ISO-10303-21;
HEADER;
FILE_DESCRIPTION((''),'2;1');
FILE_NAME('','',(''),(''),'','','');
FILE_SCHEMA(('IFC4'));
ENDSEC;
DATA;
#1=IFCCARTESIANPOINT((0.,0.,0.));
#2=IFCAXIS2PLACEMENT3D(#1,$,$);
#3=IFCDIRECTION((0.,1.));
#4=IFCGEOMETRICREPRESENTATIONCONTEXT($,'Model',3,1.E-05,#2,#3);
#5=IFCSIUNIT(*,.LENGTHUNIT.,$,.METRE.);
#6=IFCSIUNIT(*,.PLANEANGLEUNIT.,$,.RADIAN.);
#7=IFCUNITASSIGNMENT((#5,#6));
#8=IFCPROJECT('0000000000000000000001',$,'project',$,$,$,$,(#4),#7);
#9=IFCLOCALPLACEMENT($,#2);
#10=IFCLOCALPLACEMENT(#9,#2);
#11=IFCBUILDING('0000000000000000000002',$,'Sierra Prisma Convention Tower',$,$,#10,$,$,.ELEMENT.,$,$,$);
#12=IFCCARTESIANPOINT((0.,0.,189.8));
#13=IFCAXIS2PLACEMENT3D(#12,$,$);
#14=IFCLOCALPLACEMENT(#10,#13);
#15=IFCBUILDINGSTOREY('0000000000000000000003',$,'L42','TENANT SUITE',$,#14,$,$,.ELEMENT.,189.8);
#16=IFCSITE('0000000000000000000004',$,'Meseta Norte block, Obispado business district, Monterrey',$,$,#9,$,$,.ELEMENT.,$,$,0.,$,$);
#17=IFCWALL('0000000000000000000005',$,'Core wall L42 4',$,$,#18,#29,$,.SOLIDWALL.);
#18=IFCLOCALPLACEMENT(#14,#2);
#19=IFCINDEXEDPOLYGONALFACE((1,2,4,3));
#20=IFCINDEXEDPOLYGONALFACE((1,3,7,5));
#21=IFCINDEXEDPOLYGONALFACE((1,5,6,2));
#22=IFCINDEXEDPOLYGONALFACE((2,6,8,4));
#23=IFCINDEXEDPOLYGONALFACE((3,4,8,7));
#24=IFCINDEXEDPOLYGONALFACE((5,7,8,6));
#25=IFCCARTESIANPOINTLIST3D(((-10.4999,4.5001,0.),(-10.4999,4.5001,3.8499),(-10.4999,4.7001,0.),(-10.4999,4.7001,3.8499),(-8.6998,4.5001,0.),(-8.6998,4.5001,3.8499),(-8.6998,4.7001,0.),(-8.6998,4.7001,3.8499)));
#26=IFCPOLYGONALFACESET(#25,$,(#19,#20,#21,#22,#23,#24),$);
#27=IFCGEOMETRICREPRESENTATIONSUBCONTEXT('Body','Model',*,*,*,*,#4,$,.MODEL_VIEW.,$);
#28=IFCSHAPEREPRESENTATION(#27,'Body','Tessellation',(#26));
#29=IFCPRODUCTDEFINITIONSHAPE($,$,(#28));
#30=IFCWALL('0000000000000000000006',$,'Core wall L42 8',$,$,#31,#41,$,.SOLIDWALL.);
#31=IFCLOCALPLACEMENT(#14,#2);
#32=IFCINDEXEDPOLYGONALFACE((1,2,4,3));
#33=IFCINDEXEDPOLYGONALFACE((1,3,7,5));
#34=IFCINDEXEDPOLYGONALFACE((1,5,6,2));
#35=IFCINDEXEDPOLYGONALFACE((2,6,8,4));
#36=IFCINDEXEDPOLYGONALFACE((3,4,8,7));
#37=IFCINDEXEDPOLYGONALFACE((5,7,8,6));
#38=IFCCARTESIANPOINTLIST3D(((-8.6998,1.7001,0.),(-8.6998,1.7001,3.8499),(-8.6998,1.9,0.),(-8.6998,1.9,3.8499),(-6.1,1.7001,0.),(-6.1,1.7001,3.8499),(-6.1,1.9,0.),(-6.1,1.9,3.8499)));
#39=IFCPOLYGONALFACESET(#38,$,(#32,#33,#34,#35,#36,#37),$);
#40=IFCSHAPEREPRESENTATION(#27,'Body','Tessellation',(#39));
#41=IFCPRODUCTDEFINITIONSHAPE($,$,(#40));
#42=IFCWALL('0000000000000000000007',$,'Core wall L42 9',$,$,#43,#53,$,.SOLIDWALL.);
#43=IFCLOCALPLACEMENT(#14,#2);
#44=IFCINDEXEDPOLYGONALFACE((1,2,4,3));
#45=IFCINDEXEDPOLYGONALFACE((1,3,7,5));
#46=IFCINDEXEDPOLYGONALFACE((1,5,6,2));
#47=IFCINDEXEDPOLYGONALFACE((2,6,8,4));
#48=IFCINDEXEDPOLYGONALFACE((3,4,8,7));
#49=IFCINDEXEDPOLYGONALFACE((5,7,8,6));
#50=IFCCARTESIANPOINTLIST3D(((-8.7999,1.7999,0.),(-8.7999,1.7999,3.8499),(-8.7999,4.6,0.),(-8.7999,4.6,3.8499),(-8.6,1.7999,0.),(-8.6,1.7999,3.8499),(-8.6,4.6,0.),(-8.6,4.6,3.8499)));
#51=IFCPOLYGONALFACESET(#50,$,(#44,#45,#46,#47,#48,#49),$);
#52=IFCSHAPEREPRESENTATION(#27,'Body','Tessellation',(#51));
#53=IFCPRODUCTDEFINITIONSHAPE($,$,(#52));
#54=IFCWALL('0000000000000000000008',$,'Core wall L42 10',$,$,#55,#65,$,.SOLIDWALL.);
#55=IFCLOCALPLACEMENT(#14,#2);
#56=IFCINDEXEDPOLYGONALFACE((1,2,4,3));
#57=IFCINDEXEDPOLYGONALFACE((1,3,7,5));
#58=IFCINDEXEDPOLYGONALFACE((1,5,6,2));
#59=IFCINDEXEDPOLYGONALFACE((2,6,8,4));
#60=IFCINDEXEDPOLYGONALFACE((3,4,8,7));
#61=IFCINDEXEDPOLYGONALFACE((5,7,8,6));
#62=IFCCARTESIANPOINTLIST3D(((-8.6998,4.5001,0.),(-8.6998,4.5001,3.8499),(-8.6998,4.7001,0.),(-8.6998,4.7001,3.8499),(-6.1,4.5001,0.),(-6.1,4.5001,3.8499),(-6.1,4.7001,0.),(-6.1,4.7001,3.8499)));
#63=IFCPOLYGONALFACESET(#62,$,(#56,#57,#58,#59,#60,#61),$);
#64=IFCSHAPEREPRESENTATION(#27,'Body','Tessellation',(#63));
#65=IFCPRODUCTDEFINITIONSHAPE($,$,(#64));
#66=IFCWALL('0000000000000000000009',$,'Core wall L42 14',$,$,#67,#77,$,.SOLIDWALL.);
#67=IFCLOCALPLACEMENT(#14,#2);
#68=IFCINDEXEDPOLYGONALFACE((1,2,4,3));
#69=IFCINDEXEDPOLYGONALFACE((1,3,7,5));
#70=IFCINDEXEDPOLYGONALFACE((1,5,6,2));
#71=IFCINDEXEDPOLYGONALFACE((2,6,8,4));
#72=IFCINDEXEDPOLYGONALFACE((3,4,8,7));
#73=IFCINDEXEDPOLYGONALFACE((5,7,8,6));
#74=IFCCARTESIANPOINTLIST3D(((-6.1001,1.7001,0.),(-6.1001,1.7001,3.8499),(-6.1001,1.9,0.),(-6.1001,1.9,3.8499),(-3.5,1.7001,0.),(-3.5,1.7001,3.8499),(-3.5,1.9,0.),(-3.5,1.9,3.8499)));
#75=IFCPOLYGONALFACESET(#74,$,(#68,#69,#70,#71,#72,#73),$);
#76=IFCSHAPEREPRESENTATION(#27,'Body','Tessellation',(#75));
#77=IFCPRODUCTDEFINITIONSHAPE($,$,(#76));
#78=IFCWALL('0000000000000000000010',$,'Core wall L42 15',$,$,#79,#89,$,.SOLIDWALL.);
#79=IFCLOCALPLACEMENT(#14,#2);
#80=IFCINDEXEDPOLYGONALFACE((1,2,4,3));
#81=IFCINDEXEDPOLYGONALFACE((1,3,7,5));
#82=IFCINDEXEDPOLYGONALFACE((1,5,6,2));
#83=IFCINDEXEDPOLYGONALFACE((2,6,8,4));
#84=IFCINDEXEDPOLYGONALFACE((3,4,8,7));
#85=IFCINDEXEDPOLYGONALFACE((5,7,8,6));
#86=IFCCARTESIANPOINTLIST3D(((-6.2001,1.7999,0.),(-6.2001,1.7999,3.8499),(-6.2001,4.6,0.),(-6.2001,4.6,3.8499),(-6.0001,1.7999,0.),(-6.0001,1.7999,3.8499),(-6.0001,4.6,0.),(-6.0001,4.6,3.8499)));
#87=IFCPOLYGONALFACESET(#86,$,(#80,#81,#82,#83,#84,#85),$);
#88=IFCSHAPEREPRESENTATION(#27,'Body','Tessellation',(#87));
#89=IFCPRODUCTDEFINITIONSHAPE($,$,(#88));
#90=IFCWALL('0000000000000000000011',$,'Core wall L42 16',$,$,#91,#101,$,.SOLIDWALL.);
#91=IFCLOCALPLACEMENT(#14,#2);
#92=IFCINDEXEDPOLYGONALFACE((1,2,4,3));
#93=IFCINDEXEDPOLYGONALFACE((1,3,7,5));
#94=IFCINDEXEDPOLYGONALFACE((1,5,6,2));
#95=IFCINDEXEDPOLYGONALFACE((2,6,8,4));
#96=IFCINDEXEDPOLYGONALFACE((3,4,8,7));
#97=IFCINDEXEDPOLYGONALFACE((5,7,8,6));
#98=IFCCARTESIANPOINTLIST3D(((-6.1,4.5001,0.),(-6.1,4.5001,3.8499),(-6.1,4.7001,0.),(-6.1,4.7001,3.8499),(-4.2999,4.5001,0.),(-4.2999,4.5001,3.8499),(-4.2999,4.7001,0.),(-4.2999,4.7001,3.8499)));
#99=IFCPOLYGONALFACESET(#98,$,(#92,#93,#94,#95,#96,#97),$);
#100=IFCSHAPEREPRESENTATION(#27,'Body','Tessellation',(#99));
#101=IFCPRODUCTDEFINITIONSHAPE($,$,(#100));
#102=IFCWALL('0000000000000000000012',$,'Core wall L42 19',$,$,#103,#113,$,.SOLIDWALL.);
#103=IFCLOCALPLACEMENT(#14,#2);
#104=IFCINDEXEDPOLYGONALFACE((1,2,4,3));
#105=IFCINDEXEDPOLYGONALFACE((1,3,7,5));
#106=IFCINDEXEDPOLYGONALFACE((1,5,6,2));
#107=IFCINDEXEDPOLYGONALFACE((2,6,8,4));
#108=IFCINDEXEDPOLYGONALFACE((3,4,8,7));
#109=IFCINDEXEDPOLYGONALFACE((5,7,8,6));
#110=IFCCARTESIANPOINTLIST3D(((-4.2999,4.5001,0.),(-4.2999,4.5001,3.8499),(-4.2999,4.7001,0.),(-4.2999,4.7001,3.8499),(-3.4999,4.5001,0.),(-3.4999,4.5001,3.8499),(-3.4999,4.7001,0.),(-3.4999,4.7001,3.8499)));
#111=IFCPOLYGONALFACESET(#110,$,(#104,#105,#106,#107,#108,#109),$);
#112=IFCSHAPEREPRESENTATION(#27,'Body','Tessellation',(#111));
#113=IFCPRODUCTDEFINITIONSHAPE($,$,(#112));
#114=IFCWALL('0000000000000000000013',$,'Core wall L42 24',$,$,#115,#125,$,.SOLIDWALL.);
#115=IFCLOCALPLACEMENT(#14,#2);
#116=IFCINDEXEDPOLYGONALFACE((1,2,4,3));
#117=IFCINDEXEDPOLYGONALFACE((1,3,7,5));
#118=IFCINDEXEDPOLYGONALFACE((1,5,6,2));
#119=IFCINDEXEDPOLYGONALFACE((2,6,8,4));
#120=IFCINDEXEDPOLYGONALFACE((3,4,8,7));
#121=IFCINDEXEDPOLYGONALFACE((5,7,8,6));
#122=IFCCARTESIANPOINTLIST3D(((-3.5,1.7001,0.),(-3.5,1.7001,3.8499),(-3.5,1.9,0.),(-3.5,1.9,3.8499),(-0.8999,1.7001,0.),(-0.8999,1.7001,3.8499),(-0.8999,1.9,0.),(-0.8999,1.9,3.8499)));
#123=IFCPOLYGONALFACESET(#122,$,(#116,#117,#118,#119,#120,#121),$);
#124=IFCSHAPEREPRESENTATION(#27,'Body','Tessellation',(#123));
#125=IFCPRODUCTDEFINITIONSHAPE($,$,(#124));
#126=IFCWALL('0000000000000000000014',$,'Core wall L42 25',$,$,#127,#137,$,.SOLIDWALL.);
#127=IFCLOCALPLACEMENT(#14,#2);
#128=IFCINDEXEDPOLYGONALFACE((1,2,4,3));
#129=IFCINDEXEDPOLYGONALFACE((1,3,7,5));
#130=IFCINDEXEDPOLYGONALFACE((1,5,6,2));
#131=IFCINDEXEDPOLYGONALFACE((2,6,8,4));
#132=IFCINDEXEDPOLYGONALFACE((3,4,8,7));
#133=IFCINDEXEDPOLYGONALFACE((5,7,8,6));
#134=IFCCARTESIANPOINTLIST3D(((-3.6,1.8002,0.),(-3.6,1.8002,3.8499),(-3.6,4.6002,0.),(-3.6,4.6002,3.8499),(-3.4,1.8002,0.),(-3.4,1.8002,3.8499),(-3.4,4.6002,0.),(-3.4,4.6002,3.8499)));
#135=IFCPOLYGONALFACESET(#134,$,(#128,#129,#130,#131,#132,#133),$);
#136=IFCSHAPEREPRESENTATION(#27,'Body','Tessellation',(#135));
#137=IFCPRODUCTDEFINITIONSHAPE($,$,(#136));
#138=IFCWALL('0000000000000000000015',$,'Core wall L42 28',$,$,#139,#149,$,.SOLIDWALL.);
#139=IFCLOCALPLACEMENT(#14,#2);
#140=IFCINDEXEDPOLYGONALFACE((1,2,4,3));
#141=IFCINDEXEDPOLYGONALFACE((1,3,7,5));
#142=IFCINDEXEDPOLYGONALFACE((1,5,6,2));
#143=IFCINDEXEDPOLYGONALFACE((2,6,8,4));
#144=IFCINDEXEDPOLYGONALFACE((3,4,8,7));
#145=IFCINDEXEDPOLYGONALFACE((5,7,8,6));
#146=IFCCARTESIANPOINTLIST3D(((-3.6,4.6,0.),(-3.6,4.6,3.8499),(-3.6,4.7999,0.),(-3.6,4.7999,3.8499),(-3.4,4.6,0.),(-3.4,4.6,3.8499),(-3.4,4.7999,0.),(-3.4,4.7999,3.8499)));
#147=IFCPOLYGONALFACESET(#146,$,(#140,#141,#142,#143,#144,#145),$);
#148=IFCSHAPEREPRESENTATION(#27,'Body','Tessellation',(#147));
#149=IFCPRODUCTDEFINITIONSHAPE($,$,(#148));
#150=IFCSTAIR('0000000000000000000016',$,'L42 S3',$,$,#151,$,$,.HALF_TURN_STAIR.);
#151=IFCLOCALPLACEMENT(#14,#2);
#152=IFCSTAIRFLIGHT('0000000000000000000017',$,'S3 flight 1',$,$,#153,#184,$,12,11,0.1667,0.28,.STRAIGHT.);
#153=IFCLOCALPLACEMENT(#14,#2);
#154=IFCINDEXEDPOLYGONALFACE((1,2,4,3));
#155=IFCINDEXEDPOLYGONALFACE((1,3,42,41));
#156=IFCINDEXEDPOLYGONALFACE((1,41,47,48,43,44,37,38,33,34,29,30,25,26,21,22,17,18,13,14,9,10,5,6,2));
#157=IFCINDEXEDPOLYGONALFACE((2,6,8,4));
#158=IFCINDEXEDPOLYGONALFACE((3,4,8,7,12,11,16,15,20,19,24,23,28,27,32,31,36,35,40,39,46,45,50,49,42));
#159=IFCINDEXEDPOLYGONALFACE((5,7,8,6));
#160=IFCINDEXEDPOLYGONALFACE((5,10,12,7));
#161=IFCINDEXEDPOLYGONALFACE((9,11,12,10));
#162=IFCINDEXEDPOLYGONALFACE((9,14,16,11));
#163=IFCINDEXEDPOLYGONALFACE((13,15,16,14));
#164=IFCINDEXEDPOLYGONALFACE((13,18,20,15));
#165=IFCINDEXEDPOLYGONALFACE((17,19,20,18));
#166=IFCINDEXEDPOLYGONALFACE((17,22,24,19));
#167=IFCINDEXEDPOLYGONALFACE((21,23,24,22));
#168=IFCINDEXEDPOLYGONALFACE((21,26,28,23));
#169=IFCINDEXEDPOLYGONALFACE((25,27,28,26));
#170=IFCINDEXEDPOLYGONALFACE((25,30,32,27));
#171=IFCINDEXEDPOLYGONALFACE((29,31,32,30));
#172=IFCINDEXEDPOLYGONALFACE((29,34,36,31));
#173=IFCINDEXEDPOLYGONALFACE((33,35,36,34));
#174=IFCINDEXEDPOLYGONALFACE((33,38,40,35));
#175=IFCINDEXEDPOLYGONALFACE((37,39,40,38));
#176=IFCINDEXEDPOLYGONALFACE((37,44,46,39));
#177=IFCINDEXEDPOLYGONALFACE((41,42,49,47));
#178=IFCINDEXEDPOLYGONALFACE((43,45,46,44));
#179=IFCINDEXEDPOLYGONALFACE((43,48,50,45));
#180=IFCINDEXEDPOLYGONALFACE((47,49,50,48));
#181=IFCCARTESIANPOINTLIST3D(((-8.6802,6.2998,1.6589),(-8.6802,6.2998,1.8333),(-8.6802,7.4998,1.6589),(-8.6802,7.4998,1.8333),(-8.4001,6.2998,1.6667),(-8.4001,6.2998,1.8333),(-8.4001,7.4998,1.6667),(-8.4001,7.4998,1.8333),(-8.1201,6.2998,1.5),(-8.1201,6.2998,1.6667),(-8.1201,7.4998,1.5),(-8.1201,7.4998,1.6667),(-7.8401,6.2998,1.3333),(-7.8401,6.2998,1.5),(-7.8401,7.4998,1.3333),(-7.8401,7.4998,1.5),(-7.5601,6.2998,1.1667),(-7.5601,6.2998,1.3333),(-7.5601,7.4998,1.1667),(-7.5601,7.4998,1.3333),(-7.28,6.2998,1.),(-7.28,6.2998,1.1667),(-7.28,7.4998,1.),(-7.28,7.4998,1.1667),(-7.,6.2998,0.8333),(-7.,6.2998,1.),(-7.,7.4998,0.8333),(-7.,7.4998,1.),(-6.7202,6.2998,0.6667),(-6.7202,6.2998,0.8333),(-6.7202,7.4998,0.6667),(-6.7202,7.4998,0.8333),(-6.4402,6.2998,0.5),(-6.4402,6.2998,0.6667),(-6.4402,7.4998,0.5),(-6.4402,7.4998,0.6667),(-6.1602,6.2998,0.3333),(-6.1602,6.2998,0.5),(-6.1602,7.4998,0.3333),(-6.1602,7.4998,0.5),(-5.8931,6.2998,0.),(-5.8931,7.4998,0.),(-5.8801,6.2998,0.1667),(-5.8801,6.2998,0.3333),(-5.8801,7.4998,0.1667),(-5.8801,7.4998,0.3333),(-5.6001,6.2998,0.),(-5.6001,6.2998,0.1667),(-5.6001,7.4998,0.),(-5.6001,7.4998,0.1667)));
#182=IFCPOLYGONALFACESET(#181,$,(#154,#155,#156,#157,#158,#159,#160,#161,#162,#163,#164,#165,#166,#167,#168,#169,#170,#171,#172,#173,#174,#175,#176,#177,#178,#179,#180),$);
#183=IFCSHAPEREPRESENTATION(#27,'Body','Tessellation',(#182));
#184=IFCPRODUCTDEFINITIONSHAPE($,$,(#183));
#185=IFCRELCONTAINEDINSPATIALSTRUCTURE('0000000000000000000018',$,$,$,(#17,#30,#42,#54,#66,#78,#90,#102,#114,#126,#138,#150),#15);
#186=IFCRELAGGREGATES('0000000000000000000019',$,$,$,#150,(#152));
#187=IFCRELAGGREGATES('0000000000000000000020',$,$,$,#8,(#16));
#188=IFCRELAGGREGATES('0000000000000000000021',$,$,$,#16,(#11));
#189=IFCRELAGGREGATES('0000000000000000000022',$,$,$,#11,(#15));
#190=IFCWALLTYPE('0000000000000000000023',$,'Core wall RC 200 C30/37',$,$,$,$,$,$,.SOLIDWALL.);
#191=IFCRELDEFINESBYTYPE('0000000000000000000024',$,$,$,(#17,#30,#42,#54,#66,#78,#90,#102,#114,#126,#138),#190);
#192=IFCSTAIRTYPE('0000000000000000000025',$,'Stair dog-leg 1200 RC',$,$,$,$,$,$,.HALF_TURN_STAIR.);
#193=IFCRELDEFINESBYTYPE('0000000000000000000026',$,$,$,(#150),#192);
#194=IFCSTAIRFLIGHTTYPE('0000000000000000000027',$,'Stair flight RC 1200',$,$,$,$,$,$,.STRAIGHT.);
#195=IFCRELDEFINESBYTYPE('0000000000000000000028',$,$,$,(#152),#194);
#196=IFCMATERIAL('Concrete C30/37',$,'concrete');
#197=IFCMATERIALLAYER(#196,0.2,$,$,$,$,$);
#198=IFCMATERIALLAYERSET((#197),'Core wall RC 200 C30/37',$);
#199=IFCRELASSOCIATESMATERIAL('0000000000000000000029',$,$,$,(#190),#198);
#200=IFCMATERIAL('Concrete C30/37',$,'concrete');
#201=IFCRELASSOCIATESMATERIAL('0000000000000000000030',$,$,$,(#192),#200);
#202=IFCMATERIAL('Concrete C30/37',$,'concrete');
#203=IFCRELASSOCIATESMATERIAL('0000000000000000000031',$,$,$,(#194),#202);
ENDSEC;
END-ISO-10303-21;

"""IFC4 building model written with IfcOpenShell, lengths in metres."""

from ifc_helpers import new_model, si_unit, direction, frame, frame_2d, origin, place, context, subcontext, project, spatial, polyline, rectangle, outline, extrude, material, layer, layer_set, type_object, element, aggregate, save


model = new_model("IFC4")

# Units and contexts
model_context = context("Model", 3, precision=1e-05, world=origin(), true_north=direction((0.0, 1.0)))
body_context = subcontext(model_context, "Body", "Model", "MODEL_VIEW")
ifc_project = project(units=[si_unit("LENGTHUNIT", "METRE"), si_unit("PLANEANGLEUNIT", "RADIAN")], contexts=[model_context])

# Site, building, storey
site_placement = place(None, origin())
site = spatial("IfcSite", under=ifc_project, at=site_placement, Name="Meseta Norte block, Obispado business district, Monterrey", CompositionType="ELEMENT", RefElevation=0.0)
building_placement = place(site_placement, origin())
building = spatial("IfcBuilding", under=site, at=building_placement, Name="Sierra Prisma Convention Tower", CompositionType="ELEMENT")
storey_placement = place(building_placement, frame((0.0, 0.0, 189.8)))
storey = spatial("IfcBuildingStorey", under=building, at=storey_placement, Name="L42", Description="TENANT SUITE", CompositionType="ELEMENT", Elevation=189.8)

# Shared definitions
ifc_material_1 = material(Name="Concrete C30/37", Category="concrete")
ifc_layer = layer(ifc_material_1, 0.2)
ifc_layer_set = layer_set([ifc_layer], Name="Core wall RC 200 C30/37")
wall_type = type_object("IfcWallType", Name="Core wall RC 200 C30/37", PredefinedType="SOLIDWALL", material=ifc_layer_set)

# Wall
wall_1_placement = place(storey_placement, frame((-8.7, 4.6001, 0.0), z_axis=(0.0, 0.0, 1.0), x_axis=(-1.0, 0.0, 0.0)))
element("IfcWall", 1, at=wall_1_placement, inside=storey, type_object=wall_type, Name="Core wall L42 4", PredefinedType="SOLIDWALL", context=body_context, shape_type="SweptSolid", body=[
    extrude(rectangle(XDim=1.8, YDim=0.2, at=frame_2d((0.8999, 0.0))), origin(), (0.0, 0.0, 1.0), 3.8499),
])

# Walls
wall_2_placement = place(storey_placement, frame((-6.1001, 1.8, 0.0), z_axis=(0.0, 0.0, 1.0), x_axis=(-1.0, 0.0, 0.0)))
element("IfcWall", 2, at=wall_2_placement, inside=storey, type_object=wall_type, Name="Core wall L42 8", PredefinedType="SOLIDWALL", context=body_context, shape_type="SweptSolid", body=[
    extrude(rectangle(XDim=2.5999, YDim=0.2, at=frame_2d((1.2998, 0.0))), origin(), (0.0, 0.0, 1.0), 3.8499),
])
wall_3_placement = place(storey_placement, frame((-8.7, 1.8, 0.0), z_axis=(0.0, 0.0, 1.0), x_axis=(0.0, 1.0, 0.0)))
element("IfcWall", 3, at=wall_3_placement, inside=storey, type_object=wall_type, Name="Core wall L42 9", PredefinedType="SOLIDWALL", context=body_context, shape_type="SweptSolid", body=[
    extrude(rectangle(XDim=2.8, YDim=0.2, at=frame_2d((1.3999, 0.0))), origin(), (0.0, 0.0, 1.0), 3.8499),
])
wall_4_placement = place(storey_placement, frame((-6.1001, 4.6001, 0.0), z_axis=(0.0, 0.0, 1.0), x_axis=(-1.0, 0.0, 0.0)))
element("IfcWall", 4, at=wall_4_placement, inside=storey, type_object=wall_type, Name="Core wall L42 10", PredefinedType="SOLIDWALL", context=body_context, shape_type="SweptSolid", body=[
    extrude(rectangle(XDim=2.5999, YDim=0.2, at=frame_2d((1.2998, 0.0))), origin(), (0.0, 0.0, 1.0), 3.8499),
])

# Walls
wall_5_placement = place(storey_placement, frame((-3.5, 1.8, 0.0), z_axis=(0.0, 0.0, 1.0), x_axis=(-1.0, 0.0, 0.0)))
element("IfcWall", 5, at=wall_5_placement, inside=storey, type_object=wall_type, Name="Core wall L42 14", PredefinedType="SOLIDWALL", context=body_context, shape_type="SweptSolid", body=[
    extrude(rectangle(XDim=2.6001, YDim=0.2, at=frame_2d((1.3, 0.0))), origin(), (0.0, 0.0, 1.0), 3.8499),
])
wall_6_placement = place(storey_placement, frame((-6.1001, 1.8, 0.0), z_axis=(0.0, 0.0, 1.0), x_axis=(0.0, 1.0, 0.0)))
element("IfcWall", 6, at=wall_6_placement, inside=storey, type_object=wall_type, Name="Core wall L42 15", PredefinedType="SOLIDWALL", context=body_context, shape_type="SweptSolid", body=[
    extrude(rectangle(XDim=2.8, YDim=0.2, at=frame_2d((1.3999, 0.0))), origin(), (0.0, 0.0, 1.0), 3.8499),
])
wall_7_placement = place(storey_placement, frame((-4.3, 4.6001, 0.0), z_axis=(0.0, 0.0, 1.0), x_axis=(-1.0, 0.0, 0.0)))
element("IfcWall", 7, at=wall_7_placement, inside=storey, type_object=wall_type, Name="Core wall L42 16", PredefinedType="SOLIDWALL", context=body_context, shape_type="SweptSolid", body=[
    extrude(rectangle(XDim=1.8, YDim=0.2, at=frame_2d((0.8999, 0.0))), origin(), (0.0, 0.0, 1.0), 3.8499),
])
wall_8_placement = place(storey_placement, frame((-3.5, 4.6001, 0.0), z_axis=(0.0, 0.0, 1.0), x_axis=(-1.0, 0.0, 0.0)))
element("IfcWall", 8, at=wall_8_placement, inside=storey, type_object=wall_type, Name="Core wall L42 19", PredefinedType="SOLIDWALL", context=body_context, shape_type="SweptSolid", body=[
    extrude(rectangle(XDim=0.8, YDim=0.2, at=frame_2d((0.3999, 0.0))), origin(), (0.0, 0.0, 1.0), 3.8499),
])

# Walls
wall_9_placement = place(storey_placement, frame((-0.8999, 1.8, 0.0), z_axis=(0.0, 0.0, 1.0), x_axis=(-1.0, 0.0, 0.0)))
element("IfcWall", 9, at=wall_9_placement, inside=storey, type_object=wall_type, Name="Core wall L42 24", PredefinedType="SOLIDWALL", context=body_context, shape_type="SweptSolid", body=[
    extrude(rectangle(XDim=2.6001, YDim=0.2, at=frame_2d((1.3, 0.0))), origin(), (0.0, 0.0, 1.0), 3.8499),
])
wall_10_placement = place(storey_placement, frame((-3.5, 4.6001, 0.0), z_axis=(0.0, 0.0, 1.0), x_axis=(0.0, -1.0, 0.0)))
element("IfcWall", 10, at=wall_10_placement, inside=storey, type_object=wall_type, Name="Core wall L42 25", PredefinedType="SOLIDWALL", context=body_context, shape_type="SweptSolid", body=[
    extrude(rectangle(XDim=2.8, YDim=0.2, at=frame_2d((1.3999, 0.0))), origin(), (0.0, 0.0, 1.0), 3.8499),
])

# Wall
wall_11_placement = place(storey_placement, frame((-3.5, 4.8, 0.0), z_axis=(0.0, 0.0, 1.0), x_axis=(0.0, -1.0, 0.0)))
element("IfcWall", 11, at=wall_11_placement, inside=storey, type_object=wall_type, Name="Core wall L42 28", PredefinedType="SOLIDWALL", context=body_context, shape_type="SweptSolid", body=[
    extrude(rectangle(XDim=0.2, YDim=0.2, at=frame_2d((0.1001, 0.0))), origin(), (0.0, 0.0, 1.0), 3.8499),
])

# Stair, stair flight
ifc_material_2 = material(Name="Concrete C30/37", Category="concrete")
stair_type = type_object("IfcStairType", Name="Stair dog-leg 1200 RC", PredefinedType="HALF_TURN_STAIR", material=ifc_material_2)
stair_placement = place(storey_placement, origin())
stair = element("IfcStair", 12, at=stair_placement, inside=storey, type_object=stair_type, Name="L42 S3", PredefinedType="HALF_TURN_STAIR")
ifc_material_3 = material(Name="Concrete C30/37", Category="concrete")
stair_flight_type = type_object("IfcStairFlightType", Name="Stair flight RC 1200", PredefinedType="STRAIGHT", material=ifc_material_3)
stair_flight_1_placement = place(storey_placement, frame((-5.6001, 6.8999, 0.0), z_axis=(0.0, 0.0, 1.0), x_axis=(-1.0, 0.0, 0.0)))
stair_flight_1 = element("IfcStairFlight", 13, at=stair_flight_1_placement, type_object=stair_flight_type, Name="S3 flight 1", NumberOfRisers=12, NumberOfTreads=11, PredefinedType="STRAIGHT", RiserHeight=0.1667, TreadLength=0.28, context=body_context, shape_type="SweptSolid", body=[
    extrude(outline(polyline([(0.0, 0.0), (0.0, 0.1667), (0.28, 0.1667), (0.28, 0.3333), (0.5601, 0.3333), (0.5601, 0.5), (0.8401, 0.5), (0.8401, 0.6667), (1.1201, 0.6667), (1.1201, 0.8333), (1.3999, 0.8333), (1.3999, 1.0), (1.6799, 1.0), (1.6799, 1.1667), (1.96, 1.1667), (1.96, 1.3333), (2.24, 1.3333), (2.24, 1.5), (2.52, 1.5), (2.52, 1.6667), (2.8, 1.6667), (2.8, 1.8333), (3.0801, 1.8333), (3.0801, 2.0), (3.0801, 1.6589), (0.293, 0.0), (0.0, 0.0)])), frame((0.0, 0.6001, 0.0), z_axis=(0.0, -1.0, 0.0), x_axis=(1.0, 0.0, 0.0)), (0.0, 0.0, 1.0), 1.2),
])
aggregate(stair, [stair_flight_1])

save(model, "model.ifc")
